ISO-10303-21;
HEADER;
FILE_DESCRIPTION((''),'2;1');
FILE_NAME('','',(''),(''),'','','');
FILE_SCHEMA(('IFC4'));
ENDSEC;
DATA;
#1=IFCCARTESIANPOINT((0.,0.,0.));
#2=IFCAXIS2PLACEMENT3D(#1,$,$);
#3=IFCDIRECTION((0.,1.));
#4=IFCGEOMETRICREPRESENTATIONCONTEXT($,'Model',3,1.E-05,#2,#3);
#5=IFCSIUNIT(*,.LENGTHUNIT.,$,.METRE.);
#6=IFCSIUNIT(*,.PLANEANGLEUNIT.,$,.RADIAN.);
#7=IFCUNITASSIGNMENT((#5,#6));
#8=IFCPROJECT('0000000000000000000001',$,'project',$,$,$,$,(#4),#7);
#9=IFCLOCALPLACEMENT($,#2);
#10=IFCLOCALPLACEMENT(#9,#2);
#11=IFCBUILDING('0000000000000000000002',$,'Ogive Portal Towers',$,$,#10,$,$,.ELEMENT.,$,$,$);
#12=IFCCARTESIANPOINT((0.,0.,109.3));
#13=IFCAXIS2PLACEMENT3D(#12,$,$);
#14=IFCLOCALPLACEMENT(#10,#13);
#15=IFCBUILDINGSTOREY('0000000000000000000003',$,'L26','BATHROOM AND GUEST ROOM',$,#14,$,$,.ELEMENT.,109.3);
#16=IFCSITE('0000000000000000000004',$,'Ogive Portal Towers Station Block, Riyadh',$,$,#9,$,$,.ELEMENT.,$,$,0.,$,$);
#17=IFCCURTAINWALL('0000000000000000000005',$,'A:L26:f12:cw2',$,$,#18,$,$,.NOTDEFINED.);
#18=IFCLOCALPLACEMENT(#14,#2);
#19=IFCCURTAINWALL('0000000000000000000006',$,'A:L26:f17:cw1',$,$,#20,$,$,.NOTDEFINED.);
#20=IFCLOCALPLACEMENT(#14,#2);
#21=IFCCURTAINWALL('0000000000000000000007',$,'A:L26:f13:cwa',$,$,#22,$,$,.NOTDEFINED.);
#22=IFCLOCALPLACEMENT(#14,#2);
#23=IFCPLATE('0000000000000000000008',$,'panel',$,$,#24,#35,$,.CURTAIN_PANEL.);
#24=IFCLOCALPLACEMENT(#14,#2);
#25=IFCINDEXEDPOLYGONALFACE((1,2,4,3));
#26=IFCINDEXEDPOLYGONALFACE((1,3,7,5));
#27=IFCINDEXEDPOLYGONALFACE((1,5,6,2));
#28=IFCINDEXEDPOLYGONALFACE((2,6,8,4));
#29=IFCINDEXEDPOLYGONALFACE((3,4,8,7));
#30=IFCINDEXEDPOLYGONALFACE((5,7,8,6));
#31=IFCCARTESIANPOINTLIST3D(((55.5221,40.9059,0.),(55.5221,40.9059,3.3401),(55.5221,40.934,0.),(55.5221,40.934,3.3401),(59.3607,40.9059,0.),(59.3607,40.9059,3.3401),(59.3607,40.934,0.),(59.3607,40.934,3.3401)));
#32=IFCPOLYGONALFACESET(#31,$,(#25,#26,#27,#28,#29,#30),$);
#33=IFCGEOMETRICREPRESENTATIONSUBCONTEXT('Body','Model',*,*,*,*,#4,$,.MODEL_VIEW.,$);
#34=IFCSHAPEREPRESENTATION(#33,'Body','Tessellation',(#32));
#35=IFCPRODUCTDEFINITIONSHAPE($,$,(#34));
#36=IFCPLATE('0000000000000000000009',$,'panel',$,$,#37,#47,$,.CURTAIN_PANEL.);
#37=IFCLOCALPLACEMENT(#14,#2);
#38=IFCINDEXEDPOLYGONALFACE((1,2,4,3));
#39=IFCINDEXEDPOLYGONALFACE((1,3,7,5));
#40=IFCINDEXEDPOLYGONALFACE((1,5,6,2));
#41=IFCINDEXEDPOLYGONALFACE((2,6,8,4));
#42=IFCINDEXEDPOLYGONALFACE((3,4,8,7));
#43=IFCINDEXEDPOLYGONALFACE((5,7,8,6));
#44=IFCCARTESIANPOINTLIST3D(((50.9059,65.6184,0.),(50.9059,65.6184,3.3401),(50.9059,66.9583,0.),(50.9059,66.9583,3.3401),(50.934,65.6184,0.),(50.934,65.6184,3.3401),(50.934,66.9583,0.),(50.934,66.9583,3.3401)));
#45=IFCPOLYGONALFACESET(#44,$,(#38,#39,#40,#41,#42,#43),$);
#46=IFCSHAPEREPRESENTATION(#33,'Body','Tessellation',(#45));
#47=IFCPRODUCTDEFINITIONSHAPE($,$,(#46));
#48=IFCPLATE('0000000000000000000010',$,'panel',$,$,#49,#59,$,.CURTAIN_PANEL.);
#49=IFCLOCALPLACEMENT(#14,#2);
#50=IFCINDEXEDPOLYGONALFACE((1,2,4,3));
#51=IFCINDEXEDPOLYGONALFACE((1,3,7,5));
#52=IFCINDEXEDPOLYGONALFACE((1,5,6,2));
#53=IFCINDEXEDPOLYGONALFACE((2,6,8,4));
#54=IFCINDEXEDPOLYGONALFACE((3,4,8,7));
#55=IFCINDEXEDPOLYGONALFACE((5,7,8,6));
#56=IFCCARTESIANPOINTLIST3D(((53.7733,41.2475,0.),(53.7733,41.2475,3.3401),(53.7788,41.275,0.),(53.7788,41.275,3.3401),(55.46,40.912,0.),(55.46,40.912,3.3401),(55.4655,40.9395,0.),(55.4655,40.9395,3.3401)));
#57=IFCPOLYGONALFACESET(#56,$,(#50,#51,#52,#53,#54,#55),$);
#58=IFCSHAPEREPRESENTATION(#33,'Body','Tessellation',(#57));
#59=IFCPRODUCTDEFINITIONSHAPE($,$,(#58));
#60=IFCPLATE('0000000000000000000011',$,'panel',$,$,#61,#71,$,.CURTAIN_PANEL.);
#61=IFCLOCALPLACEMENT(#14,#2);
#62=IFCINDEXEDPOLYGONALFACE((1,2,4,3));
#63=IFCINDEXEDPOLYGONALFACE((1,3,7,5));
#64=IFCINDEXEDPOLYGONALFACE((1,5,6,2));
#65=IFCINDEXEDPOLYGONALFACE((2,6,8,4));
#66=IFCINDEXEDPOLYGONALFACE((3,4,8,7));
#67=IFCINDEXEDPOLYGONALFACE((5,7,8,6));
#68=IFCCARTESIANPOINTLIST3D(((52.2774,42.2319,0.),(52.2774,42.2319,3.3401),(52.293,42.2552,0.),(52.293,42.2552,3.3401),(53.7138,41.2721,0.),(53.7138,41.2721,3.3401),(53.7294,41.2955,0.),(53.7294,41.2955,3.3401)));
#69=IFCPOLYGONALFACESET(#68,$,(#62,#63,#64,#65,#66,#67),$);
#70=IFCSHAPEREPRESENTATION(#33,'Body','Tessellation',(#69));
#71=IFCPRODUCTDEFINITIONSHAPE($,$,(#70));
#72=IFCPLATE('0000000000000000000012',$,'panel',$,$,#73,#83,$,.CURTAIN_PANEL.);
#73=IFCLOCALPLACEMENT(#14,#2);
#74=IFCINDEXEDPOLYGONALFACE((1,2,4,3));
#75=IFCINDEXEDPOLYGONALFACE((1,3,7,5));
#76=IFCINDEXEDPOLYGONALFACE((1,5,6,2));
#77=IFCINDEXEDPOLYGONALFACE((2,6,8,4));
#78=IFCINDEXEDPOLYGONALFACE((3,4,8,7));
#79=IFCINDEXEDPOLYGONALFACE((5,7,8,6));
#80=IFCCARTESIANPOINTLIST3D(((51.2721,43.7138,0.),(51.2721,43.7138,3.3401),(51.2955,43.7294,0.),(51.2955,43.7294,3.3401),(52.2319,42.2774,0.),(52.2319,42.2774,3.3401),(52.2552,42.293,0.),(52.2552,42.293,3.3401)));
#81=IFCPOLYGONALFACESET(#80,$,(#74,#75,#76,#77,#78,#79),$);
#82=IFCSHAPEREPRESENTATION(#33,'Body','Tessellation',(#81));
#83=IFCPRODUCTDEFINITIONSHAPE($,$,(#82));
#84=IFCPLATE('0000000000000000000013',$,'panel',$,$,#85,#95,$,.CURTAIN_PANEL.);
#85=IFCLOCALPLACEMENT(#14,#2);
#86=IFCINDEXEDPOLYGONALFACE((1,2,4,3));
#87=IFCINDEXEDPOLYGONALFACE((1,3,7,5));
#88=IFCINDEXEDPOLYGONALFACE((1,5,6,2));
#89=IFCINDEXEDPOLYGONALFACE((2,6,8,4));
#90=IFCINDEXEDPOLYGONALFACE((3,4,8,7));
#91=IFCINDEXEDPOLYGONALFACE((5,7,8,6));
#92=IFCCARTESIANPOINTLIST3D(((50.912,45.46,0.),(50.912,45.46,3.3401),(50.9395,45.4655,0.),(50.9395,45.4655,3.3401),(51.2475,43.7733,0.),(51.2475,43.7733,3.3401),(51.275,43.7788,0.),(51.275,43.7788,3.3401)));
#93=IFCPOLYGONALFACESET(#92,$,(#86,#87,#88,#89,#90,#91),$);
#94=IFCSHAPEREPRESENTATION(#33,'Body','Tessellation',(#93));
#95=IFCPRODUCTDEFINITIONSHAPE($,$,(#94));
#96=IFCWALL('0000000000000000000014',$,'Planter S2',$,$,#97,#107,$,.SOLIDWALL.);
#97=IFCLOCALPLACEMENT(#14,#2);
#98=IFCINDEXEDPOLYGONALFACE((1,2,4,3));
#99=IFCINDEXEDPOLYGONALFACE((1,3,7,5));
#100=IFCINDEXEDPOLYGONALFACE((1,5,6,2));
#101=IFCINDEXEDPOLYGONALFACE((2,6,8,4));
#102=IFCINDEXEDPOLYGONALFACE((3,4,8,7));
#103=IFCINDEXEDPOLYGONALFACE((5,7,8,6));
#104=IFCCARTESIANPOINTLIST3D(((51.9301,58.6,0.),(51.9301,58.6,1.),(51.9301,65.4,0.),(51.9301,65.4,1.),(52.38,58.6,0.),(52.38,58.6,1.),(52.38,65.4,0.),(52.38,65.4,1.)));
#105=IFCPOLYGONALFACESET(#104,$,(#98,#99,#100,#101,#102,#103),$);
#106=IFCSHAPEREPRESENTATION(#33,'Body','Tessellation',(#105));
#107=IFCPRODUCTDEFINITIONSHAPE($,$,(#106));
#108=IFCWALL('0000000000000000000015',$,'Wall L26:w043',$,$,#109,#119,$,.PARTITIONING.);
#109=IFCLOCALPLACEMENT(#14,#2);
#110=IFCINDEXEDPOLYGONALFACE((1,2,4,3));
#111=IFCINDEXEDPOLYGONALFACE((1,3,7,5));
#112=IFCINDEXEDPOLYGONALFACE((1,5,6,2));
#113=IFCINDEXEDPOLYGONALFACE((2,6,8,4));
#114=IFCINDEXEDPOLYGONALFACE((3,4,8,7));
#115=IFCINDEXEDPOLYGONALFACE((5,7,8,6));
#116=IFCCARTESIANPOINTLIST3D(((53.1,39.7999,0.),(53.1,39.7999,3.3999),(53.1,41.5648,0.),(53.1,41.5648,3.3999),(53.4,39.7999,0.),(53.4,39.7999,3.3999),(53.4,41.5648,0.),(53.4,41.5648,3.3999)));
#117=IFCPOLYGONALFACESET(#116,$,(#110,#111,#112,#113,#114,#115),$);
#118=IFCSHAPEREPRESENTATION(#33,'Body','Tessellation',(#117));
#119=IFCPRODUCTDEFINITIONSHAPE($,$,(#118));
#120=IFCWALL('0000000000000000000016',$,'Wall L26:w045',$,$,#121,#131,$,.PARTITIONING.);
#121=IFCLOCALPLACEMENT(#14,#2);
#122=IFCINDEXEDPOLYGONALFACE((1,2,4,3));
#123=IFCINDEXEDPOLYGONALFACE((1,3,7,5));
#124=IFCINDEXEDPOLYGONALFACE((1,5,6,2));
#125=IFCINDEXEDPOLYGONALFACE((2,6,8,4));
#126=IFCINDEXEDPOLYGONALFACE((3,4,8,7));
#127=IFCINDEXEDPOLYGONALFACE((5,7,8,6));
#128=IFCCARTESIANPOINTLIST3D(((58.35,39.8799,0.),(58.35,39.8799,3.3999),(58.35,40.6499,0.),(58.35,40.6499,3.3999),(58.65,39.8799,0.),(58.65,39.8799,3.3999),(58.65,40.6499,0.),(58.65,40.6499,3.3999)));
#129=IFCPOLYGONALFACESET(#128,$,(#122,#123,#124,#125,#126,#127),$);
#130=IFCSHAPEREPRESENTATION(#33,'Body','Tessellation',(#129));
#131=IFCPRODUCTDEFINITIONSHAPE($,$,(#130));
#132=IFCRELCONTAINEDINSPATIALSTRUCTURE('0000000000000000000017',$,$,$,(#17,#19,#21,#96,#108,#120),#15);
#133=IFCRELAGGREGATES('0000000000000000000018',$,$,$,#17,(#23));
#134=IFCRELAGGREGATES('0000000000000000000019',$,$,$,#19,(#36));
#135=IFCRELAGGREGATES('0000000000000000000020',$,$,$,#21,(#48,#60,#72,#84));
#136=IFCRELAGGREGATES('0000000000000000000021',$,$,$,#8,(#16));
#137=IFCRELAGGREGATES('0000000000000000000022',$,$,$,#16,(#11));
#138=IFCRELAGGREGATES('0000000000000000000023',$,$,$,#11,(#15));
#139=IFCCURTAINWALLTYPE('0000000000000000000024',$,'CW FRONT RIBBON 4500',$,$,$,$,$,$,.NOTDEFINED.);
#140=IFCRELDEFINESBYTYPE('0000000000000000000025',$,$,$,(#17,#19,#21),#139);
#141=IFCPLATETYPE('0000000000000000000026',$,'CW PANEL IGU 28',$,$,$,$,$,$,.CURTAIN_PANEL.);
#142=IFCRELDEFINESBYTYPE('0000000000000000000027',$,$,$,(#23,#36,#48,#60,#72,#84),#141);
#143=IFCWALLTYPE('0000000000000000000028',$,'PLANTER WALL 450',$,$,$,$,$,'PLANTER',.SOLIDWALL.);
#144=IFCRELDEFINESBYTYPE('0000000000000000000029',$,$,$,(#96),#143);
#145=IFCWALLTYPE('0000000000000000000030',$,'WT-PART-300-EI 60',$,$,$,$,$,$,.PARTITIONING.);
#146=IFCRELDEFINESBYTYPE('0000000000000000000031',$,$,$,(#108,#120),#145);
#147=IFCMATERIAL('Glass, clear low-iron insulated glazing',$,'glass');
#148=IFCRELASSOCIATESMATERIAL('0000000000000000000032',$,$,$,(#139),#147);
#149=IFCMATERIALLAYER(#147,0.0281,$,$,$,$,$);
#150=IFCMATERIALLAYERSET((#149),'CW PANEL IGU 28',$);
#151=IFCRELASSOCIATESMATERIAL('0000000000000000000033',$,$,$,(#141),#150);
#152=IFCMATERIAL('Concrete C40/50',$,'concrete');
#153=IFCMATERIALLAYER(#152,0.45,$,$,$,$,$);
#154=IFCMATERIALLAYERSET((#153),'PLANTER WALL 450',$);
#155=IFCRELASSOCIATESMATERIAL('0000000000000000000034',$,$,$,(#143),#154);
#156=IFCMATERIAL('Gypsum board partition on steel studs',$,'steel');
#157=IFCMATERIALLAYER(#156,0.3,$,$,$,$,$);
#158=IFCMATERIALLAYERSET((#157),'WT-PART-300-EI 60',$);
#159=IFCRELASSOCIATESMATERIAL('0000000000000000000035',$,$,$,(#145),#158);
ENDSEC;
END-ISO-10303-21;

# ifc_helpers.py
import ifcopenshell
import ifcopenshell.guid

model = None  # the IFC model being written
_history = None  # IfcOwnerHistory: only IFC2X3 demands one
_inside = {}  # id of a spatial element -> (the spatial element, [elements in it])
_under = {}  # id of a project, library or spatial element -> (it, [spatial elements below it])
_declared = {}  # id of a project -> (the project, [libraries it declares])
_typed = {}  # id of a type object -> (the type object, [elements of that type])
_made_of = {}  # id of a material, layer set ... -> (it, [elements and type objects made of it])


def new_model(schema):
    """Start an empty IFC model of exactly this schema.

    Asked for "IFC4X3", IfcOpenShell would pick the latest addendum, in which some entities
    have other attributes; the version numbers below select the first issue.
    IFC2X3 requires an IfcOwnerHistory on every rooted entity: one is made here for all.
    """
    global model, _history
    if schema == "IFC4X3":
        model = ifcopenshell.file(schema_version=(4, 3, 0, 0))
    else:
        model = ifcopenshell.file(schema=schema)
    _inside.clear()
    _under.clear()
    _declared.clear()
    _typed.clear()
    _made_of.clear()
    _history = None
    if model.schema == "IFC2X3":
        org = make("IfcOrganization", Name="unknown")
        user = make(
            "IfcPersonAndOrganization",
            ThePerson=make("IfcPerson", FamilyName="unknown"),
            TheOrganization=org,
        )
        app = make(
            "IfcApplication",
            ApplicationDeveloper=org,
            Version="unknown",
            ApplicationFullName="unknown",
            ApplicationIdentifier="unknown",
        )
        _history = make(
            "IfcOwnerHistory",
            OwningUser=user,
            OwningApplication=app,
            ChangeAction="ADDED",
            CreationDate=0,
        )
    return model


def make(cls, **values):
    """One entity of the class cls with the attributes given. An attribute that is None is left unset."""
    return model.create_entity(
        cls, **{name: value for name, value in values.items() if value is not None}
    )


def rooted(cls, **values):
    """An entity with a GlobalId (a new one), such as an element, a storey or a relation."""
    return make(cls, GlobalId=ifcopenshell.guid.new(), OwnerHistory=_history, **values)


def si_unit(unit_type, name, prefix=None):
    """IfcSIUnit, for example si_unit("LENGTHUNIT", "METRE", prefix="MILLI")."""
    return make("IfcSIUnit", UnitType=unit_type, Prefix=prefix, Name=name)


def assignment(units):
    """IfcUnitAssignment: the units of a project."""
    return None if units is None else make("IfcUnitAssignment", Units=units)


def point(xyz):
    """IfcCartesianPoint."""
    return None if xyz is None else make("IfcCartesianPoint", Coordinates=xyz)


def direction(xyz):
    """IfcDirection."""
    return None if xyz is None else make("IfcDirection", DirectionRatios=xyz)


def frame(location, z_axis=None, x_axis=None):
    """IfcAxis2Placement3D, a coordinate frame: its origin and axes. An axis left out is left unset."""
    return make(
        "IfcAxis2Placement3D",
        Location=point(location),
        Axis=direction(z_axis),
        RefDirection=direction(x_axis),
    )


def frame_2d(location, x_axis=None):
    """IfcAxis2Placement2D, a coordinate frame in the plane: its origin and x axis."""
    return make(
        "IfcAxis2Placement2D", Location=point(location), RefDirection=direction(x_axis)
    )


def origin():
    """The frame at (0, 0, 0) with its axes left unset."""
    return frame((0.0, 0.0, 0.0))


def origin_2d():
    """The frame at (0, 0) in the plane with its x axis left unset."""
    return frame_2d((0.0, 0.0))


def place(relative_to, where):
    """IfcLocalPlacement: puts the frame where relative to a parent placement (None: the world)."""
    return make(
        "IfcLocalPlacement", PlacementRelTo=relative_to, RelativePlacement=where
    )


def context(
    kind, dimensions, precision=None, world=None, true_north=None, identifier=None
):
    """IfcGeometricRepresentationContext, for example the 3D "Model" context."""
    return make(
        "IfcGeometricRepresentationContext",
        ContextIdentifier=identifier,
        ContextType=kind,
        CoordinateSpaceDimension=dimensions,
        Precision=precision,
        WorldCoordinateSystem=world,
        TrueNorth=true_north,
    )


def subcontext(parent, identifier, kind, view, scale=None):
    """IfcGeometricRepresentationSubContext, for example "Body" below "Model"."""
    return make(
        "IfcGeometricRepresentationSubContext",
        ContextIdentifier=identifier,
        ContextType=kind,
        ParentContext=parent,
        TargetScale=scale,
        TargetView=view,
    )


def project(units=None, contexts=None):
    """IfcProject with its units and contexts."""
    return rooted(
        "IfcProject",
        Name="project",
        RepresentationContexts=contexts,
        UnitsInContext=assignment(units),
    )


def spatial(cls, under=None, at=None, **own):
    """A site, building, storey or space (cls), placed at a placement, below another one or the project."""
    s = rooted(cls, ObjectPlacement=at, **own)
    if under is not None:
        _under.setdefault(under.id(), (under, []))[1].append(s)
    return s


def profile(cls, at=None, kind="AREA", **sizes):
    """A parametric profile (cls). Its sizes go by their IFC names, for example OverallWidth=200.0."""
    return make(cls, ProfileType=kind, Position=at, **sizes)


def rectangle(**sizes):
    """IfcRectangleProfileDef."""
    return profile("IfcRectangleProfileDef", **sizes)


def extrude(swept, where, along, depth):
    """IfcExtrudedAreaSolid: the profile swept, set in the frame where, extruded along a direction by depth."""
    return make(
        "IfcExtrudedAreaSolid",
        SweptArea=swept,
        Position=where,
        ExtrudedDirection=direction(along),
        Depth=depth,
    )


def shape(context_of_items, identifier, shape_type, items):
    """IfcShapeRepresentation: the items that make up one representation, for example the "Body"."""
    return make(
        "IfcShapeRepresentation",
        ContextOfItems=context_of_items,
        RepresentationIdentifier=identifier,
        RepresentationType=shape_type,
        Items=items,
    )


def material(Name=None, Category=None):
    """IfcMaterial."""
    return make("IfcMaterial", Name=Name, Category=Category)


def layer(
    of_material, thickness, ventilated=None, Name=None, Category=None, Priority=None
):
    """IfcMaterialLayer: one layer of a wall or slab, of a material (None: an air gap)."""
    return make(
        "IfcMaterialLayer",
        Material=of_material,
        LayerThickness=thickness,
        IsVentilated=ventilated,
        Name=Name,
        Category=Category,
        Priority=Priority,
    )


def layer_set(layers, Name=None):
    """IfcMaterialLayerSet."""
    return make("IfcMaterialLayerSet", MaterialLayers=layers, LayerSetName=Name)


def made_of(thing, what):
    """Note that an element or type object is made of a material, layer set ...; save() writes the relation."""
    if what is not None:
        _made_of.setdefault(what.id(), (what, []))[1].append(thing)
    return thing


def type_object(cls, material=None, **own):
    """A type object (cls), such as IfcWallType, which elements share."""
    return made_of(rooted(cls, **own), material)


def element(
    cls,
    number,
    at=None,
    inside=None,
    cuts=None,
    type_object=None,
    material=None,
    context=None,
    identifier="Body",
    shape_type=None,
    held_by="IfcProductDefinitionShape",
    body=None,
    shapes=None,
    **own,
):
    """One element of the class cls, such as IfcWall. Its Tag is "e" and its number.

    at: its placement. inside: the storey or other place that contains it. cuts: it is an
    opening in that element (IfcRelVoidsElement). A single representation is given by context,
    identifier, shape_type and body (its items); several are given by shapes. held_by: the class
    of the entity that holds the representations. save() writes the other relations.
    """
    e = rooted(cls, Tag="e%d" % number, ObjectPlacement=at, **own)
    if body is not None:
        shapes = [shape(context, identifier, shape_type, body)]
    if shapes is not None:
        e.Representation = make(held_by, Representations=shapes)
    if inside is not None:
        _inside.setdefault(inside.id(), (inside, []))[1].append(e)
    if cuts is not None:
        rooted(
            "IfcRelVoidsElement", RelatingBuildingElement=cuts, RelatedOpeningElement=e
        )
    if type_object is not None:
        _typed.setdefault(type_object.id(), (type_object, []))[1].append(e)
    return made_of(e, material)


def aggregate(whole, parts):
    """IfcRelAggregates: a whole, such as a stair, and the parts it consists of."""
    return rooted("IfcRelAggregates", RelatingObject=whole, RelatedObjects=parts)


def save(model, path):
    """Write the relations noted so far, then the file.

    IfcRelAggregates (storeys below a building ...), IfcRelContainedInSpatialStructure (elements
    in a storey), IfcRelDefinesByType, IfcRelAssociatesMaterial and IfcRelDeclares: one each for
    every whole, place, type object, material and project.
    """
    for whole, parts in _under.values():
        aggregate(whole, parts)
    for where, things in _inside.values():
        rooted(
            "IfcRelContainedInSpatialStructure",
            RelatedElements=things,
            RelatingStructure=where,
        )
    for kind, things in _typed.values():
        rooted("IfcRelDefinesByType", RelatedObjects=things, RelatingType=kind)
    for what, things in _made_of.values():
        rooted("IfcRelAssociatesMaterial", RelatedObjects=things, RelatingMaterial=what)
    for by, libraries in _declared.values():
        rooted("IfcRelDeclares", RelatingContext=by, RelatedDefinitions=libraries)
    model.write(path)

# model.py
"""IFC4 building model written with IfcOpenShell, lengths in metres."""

from ifc_helpers import new_model, si_unit, direction, frame, frame_2d, origin, origin_2d, place, context, subcontext, project, spatial, rectangle, extrude, material, layer, layer_set, type_object, element, aggregate, save


model = new_model("IFC4")

# Units and contexts
model_context = context("Model", 3, precision=1e-05, world=origin(), true_north=direction((0.0, 1.0)))
body_context = subcontext(model_context, "Body", "Model", "MODEL_VIEW")
ifc_project = project(units=[si_unit("LENGTHUNIT", "METRE"), si_unit("PLANEANGLEUNIT", "RADIAN")], contexts=[model_context])

# Site, building, storey
site_placement = place(None, origin())
site = spatial("IfcSite", under=ifc_project, at=site_placement, Name="Ogive Portal Towers Station Block, Riyadh", CompositionType="ELEMENT", RefElevation=0.0)
building_placement = place(site_placement, origin())
building = spatial("IfcBuilding", under=site, at=building_placement, Name="Ogive Portal Towers", CompositionType="ELEMENT")
storey_placement = place(building_placement, frame((0.0, 0.0, 109.3)))
storey = spatial("IfcBuildingStorey", under=building, at=storey_placement, Name="L26", Description="BATHROOM AND GUEST ROOM", CompositionType="ELEMENT", Elevation=109.3)

# Curtain walls
ifc_material_1 = material(Name="Glass, clear low-iron insulated glazing", Category="glass")
curtain_wall_type = type_object("IfcCurtainWallType", Name="CW FRONT RIBBON 4500", PredefinedType="NOTDEFINED", material=ifc_material_1)
curtain_wall_1_placement = place(storey_placement, origin())
curtain_wall_1 = element("IfcCurtainWall", 1, at=curtain_wall_1_placement, inside=storey, type_object=curtain_wall_type, Name="A:L26:f12:cw2", PredefinedType="NOTDEFINED")
curtain_wall_2_placement = place(storey_placement, origin())
curtain_wall_2 = element("IfcCurtainWall", 2, at=curtain_wall_2_placement, inside=storey, type_object=curtain_wall_type, Name="A:L26:f17:cw1", PredefinedType="NOTDEFINED")
curtain_wall_3_placement = place(storey_placement, origin())
curtain_wall_3 = element("IfcCurtainWall", 3, at=curtain_wall_3_placement, inside=storey, type_object=curtain_wall_type, Name="A:L26:f13:cwa", PredefinedType="NOTDEFINED")

# Plates
ifc_layer_1 = layer(ifc_material_1, 0.0281)
ifc_layer_set_1 = layer_set([ifc_layer_1], Name="CW PANEL IGU 28")
plate_type = type_object("IfcPlateType", Name="CW PANEL IGU 28", PredefinedType="CURTAIN_PANEL", material=ifc_layer_set_1)
plate_1_placement = place(storey_placement, frame((57.4414, 40.9199, 0.0), z_axis=(0.0, 0.0, 1.0), x_axis=(-1.0, 0.0, 0.0)))
plate_1 = element("IfcPlate", 4, at=plate_1_placement, type_object=plate_type, Name="panel", PredefinedType="CURTAIN_PANEL", context=body_context, shape_type="SweptSolid", body=[
    extrude(rectangle(XDim=3.8386, YDim=0.0281, at=origin_2d()), origin(), (0.0, 0.0, 1.0), 3.3401),
])
aggregate(curtain_wall_1, [plate_1])
plate_2_placement = place(storey_placement, frame((50.9199, 66.2883, 0.0), z_axis=(0.0, 0.0, 1.0), x_axis=(0.0, 1.0, 0.0)))
plate_2 = element("IfcPlate", 5, at=plate_2_placement, type_object=plate_type, Name="panel", PredefinedType="CURTAIN_PANEL", context=body_context, shape_type="SweptSolid", body=[
    extrude(rectangle(XDim=1.3398, YDim=0.0281, at=origin_2d()), origin(), (0.0, 0.0, 1.0), 3.3401),
])
aggregate(curtain_wall_2, [plate_2])
plate_3_placement = place(storey_placement, frame((54.6194, 41.0935, 0.0), z_axis=(0.0, 0.0, 1.0), x_axis=(-0.980785, 0.19509, 0.0)))
plate_3 = element("IfcPlate", 6, at=plate_3_placement, type_object=plate_type, Name="panel", PredefinedType="CURTAIN_PANEL", context=body_context, shape_type="SweptSolid", body=[
    extrude(rectangle(XDim=1.7197, YDim=0.0281, at=origin_2d()), origin(), (0.0, 0.0, 1.0), 3.3401),
])
plate_4_placement = place(storey_placement, frame((53.0034, 41.7637, 0.0), z_axis=(0.0, 0.0, 1.0), x_axis=(-0.83147, 0.55557, 0.0)))
plate_4 = element("IfcPlate", 7, at=plate_4_placement, type_object=plate_type, Name="panel", PredefinedType="CURTAIN_PANEL", context=body_context, shape_type="SweptSolid", body=[
    extrude(rectangle(XDim=1.7275, YDim=0.0281, at=origin_2d()), origin(), (0.0, 0.0, 1.0), 3.3401),
])
plate_5_placement = place(storey_placement, frame((51.7637, 43.0034, 0.0), z_axis=(0.0, 0.0, 1.0), x_axis=(-0.55557, 0.83147, 0.0)))
plate_5 = element("IfcPlate", 8, at=plate_5_placement, type_object=plate_type, Name="panel", PredefinedType="CURTAIN_PANEL", context=body_context, shape_type="SweptSolid", body=[
    extrude(rectangle(XDim=1.7275, YDim=0.0281, at=origin_2d()), origin(), (0.0, 0.0, 1.0), 3.3401),
])
plate_6_placement = place(storey_placement, frame((51.0935, 44.6194, 0.0), z_axis=(0.0, 0.0, 1.0), x_axis=(-0.19509, 0.980785, 0.0)))
plate_6 = element("IfcPlate", 9, at=plate_6_placement, type_object=plate_type, Name="panel", PredefinedType="CURTAIN_PANEL", context=body_context, shape_type="SweptSolid", body=[
    extrude(rectangle(XDim=1.7197, YDim=0.0281, at=origin_2d()), origin(), (0.0, 0.0, 1.0), 3.3401),
])
aggregate(curtain_wall_3, [plate_3, plate_4, plate_5, plate_6])

# Walls
ifc_material_2 = material(Name="Concrete C40/50", Category="concrete")
ifc_layer_2 = layer(ifc_material_2, 0.45)
ifc_layer_set_2 = layer_set([ifc_layer_2], Name="PLANTER WALL 450")
wall_type_1 = type_object("IfcWallType", Name="PLANTER WALL 450", ElementType="PLANTER", PredefinedType="SOLIDWALL", material=ifc_layer_set_2)
wall_1_placement = place(storey_placement, frame((52.155, 62.0, 0.0), z_axis=(0.0, 0.0, 1.0), x_axis=(1.0, 0.0, 0.0)))
element("IfcWall", 10, at=wall_1_placement, inside=storey, type_object=wall_type_1, Name="Planter S2", PredefinedType="SOLIDWALL", context=body_context, shape_type="SweptSolid", body=[
    extrude(rectangle(XDim=0.45, YDim=6.8, at=origin_2d()), origin(), (0.0, 0.0, 1.0), 1.0),
])
ifc_material_3 = material(Name="Gypsum board partition on steel studs", Category="steel")
ifc_layer_3 = layer(ifc_material_3, 0.3)
ifc_layer_set_3 = layer_set([ifc_layer_3], Name="WT-PART-300-EI 60")
wall_type_2 = type_object("IfcWallType", Name="WT-PART-300-EI 60", PredefinedType="PARTITIONING", material=ifc_layer_set_3)
wall_2_placement = place(storey_placement, frame((53.25, 39.8, 0.0), z_axis=(0.0, 0.0, 1.0), x_axis=(0.0, 1.0, 0.0)))
element("IfcWall", 11, at=wall_2_placement, inside=storey, type_object=wall_type_2, Name="Wall L26:w043", PredefinedType="PARTITIONING", context=body_context, shape_type="SweptSolid", body=[
    extrude(rectangle(XDim=1.7649, YDim=0.3, at=frame_2d((0.8823, 0.0))), origin(), (0.0, 0.0, 1.0), 3.3999),
])
wall_3_placement = place(storey_placement, frame((58.5, 39.8799, 0.0), z_axis=(0.0, 0.0, 1.0), x_axis=(0.0, 1.0, 0.0)))
element("IfcWall", 12, at=wall_3_placement, inside=storey, type_object=wall_type_2, Name="Wall L26:w045", PredefinedType="PARTITIONING", context=body_context, shape_type="SweptSolid", body=[
    extrude(rectangle(XDim=0.77, YDim=0.3, at=frame_2d((0.385, 0.0))), origin(), (0.0, 0.0, 1.0), 3.3999),
])

save(model, "model.ifc")
